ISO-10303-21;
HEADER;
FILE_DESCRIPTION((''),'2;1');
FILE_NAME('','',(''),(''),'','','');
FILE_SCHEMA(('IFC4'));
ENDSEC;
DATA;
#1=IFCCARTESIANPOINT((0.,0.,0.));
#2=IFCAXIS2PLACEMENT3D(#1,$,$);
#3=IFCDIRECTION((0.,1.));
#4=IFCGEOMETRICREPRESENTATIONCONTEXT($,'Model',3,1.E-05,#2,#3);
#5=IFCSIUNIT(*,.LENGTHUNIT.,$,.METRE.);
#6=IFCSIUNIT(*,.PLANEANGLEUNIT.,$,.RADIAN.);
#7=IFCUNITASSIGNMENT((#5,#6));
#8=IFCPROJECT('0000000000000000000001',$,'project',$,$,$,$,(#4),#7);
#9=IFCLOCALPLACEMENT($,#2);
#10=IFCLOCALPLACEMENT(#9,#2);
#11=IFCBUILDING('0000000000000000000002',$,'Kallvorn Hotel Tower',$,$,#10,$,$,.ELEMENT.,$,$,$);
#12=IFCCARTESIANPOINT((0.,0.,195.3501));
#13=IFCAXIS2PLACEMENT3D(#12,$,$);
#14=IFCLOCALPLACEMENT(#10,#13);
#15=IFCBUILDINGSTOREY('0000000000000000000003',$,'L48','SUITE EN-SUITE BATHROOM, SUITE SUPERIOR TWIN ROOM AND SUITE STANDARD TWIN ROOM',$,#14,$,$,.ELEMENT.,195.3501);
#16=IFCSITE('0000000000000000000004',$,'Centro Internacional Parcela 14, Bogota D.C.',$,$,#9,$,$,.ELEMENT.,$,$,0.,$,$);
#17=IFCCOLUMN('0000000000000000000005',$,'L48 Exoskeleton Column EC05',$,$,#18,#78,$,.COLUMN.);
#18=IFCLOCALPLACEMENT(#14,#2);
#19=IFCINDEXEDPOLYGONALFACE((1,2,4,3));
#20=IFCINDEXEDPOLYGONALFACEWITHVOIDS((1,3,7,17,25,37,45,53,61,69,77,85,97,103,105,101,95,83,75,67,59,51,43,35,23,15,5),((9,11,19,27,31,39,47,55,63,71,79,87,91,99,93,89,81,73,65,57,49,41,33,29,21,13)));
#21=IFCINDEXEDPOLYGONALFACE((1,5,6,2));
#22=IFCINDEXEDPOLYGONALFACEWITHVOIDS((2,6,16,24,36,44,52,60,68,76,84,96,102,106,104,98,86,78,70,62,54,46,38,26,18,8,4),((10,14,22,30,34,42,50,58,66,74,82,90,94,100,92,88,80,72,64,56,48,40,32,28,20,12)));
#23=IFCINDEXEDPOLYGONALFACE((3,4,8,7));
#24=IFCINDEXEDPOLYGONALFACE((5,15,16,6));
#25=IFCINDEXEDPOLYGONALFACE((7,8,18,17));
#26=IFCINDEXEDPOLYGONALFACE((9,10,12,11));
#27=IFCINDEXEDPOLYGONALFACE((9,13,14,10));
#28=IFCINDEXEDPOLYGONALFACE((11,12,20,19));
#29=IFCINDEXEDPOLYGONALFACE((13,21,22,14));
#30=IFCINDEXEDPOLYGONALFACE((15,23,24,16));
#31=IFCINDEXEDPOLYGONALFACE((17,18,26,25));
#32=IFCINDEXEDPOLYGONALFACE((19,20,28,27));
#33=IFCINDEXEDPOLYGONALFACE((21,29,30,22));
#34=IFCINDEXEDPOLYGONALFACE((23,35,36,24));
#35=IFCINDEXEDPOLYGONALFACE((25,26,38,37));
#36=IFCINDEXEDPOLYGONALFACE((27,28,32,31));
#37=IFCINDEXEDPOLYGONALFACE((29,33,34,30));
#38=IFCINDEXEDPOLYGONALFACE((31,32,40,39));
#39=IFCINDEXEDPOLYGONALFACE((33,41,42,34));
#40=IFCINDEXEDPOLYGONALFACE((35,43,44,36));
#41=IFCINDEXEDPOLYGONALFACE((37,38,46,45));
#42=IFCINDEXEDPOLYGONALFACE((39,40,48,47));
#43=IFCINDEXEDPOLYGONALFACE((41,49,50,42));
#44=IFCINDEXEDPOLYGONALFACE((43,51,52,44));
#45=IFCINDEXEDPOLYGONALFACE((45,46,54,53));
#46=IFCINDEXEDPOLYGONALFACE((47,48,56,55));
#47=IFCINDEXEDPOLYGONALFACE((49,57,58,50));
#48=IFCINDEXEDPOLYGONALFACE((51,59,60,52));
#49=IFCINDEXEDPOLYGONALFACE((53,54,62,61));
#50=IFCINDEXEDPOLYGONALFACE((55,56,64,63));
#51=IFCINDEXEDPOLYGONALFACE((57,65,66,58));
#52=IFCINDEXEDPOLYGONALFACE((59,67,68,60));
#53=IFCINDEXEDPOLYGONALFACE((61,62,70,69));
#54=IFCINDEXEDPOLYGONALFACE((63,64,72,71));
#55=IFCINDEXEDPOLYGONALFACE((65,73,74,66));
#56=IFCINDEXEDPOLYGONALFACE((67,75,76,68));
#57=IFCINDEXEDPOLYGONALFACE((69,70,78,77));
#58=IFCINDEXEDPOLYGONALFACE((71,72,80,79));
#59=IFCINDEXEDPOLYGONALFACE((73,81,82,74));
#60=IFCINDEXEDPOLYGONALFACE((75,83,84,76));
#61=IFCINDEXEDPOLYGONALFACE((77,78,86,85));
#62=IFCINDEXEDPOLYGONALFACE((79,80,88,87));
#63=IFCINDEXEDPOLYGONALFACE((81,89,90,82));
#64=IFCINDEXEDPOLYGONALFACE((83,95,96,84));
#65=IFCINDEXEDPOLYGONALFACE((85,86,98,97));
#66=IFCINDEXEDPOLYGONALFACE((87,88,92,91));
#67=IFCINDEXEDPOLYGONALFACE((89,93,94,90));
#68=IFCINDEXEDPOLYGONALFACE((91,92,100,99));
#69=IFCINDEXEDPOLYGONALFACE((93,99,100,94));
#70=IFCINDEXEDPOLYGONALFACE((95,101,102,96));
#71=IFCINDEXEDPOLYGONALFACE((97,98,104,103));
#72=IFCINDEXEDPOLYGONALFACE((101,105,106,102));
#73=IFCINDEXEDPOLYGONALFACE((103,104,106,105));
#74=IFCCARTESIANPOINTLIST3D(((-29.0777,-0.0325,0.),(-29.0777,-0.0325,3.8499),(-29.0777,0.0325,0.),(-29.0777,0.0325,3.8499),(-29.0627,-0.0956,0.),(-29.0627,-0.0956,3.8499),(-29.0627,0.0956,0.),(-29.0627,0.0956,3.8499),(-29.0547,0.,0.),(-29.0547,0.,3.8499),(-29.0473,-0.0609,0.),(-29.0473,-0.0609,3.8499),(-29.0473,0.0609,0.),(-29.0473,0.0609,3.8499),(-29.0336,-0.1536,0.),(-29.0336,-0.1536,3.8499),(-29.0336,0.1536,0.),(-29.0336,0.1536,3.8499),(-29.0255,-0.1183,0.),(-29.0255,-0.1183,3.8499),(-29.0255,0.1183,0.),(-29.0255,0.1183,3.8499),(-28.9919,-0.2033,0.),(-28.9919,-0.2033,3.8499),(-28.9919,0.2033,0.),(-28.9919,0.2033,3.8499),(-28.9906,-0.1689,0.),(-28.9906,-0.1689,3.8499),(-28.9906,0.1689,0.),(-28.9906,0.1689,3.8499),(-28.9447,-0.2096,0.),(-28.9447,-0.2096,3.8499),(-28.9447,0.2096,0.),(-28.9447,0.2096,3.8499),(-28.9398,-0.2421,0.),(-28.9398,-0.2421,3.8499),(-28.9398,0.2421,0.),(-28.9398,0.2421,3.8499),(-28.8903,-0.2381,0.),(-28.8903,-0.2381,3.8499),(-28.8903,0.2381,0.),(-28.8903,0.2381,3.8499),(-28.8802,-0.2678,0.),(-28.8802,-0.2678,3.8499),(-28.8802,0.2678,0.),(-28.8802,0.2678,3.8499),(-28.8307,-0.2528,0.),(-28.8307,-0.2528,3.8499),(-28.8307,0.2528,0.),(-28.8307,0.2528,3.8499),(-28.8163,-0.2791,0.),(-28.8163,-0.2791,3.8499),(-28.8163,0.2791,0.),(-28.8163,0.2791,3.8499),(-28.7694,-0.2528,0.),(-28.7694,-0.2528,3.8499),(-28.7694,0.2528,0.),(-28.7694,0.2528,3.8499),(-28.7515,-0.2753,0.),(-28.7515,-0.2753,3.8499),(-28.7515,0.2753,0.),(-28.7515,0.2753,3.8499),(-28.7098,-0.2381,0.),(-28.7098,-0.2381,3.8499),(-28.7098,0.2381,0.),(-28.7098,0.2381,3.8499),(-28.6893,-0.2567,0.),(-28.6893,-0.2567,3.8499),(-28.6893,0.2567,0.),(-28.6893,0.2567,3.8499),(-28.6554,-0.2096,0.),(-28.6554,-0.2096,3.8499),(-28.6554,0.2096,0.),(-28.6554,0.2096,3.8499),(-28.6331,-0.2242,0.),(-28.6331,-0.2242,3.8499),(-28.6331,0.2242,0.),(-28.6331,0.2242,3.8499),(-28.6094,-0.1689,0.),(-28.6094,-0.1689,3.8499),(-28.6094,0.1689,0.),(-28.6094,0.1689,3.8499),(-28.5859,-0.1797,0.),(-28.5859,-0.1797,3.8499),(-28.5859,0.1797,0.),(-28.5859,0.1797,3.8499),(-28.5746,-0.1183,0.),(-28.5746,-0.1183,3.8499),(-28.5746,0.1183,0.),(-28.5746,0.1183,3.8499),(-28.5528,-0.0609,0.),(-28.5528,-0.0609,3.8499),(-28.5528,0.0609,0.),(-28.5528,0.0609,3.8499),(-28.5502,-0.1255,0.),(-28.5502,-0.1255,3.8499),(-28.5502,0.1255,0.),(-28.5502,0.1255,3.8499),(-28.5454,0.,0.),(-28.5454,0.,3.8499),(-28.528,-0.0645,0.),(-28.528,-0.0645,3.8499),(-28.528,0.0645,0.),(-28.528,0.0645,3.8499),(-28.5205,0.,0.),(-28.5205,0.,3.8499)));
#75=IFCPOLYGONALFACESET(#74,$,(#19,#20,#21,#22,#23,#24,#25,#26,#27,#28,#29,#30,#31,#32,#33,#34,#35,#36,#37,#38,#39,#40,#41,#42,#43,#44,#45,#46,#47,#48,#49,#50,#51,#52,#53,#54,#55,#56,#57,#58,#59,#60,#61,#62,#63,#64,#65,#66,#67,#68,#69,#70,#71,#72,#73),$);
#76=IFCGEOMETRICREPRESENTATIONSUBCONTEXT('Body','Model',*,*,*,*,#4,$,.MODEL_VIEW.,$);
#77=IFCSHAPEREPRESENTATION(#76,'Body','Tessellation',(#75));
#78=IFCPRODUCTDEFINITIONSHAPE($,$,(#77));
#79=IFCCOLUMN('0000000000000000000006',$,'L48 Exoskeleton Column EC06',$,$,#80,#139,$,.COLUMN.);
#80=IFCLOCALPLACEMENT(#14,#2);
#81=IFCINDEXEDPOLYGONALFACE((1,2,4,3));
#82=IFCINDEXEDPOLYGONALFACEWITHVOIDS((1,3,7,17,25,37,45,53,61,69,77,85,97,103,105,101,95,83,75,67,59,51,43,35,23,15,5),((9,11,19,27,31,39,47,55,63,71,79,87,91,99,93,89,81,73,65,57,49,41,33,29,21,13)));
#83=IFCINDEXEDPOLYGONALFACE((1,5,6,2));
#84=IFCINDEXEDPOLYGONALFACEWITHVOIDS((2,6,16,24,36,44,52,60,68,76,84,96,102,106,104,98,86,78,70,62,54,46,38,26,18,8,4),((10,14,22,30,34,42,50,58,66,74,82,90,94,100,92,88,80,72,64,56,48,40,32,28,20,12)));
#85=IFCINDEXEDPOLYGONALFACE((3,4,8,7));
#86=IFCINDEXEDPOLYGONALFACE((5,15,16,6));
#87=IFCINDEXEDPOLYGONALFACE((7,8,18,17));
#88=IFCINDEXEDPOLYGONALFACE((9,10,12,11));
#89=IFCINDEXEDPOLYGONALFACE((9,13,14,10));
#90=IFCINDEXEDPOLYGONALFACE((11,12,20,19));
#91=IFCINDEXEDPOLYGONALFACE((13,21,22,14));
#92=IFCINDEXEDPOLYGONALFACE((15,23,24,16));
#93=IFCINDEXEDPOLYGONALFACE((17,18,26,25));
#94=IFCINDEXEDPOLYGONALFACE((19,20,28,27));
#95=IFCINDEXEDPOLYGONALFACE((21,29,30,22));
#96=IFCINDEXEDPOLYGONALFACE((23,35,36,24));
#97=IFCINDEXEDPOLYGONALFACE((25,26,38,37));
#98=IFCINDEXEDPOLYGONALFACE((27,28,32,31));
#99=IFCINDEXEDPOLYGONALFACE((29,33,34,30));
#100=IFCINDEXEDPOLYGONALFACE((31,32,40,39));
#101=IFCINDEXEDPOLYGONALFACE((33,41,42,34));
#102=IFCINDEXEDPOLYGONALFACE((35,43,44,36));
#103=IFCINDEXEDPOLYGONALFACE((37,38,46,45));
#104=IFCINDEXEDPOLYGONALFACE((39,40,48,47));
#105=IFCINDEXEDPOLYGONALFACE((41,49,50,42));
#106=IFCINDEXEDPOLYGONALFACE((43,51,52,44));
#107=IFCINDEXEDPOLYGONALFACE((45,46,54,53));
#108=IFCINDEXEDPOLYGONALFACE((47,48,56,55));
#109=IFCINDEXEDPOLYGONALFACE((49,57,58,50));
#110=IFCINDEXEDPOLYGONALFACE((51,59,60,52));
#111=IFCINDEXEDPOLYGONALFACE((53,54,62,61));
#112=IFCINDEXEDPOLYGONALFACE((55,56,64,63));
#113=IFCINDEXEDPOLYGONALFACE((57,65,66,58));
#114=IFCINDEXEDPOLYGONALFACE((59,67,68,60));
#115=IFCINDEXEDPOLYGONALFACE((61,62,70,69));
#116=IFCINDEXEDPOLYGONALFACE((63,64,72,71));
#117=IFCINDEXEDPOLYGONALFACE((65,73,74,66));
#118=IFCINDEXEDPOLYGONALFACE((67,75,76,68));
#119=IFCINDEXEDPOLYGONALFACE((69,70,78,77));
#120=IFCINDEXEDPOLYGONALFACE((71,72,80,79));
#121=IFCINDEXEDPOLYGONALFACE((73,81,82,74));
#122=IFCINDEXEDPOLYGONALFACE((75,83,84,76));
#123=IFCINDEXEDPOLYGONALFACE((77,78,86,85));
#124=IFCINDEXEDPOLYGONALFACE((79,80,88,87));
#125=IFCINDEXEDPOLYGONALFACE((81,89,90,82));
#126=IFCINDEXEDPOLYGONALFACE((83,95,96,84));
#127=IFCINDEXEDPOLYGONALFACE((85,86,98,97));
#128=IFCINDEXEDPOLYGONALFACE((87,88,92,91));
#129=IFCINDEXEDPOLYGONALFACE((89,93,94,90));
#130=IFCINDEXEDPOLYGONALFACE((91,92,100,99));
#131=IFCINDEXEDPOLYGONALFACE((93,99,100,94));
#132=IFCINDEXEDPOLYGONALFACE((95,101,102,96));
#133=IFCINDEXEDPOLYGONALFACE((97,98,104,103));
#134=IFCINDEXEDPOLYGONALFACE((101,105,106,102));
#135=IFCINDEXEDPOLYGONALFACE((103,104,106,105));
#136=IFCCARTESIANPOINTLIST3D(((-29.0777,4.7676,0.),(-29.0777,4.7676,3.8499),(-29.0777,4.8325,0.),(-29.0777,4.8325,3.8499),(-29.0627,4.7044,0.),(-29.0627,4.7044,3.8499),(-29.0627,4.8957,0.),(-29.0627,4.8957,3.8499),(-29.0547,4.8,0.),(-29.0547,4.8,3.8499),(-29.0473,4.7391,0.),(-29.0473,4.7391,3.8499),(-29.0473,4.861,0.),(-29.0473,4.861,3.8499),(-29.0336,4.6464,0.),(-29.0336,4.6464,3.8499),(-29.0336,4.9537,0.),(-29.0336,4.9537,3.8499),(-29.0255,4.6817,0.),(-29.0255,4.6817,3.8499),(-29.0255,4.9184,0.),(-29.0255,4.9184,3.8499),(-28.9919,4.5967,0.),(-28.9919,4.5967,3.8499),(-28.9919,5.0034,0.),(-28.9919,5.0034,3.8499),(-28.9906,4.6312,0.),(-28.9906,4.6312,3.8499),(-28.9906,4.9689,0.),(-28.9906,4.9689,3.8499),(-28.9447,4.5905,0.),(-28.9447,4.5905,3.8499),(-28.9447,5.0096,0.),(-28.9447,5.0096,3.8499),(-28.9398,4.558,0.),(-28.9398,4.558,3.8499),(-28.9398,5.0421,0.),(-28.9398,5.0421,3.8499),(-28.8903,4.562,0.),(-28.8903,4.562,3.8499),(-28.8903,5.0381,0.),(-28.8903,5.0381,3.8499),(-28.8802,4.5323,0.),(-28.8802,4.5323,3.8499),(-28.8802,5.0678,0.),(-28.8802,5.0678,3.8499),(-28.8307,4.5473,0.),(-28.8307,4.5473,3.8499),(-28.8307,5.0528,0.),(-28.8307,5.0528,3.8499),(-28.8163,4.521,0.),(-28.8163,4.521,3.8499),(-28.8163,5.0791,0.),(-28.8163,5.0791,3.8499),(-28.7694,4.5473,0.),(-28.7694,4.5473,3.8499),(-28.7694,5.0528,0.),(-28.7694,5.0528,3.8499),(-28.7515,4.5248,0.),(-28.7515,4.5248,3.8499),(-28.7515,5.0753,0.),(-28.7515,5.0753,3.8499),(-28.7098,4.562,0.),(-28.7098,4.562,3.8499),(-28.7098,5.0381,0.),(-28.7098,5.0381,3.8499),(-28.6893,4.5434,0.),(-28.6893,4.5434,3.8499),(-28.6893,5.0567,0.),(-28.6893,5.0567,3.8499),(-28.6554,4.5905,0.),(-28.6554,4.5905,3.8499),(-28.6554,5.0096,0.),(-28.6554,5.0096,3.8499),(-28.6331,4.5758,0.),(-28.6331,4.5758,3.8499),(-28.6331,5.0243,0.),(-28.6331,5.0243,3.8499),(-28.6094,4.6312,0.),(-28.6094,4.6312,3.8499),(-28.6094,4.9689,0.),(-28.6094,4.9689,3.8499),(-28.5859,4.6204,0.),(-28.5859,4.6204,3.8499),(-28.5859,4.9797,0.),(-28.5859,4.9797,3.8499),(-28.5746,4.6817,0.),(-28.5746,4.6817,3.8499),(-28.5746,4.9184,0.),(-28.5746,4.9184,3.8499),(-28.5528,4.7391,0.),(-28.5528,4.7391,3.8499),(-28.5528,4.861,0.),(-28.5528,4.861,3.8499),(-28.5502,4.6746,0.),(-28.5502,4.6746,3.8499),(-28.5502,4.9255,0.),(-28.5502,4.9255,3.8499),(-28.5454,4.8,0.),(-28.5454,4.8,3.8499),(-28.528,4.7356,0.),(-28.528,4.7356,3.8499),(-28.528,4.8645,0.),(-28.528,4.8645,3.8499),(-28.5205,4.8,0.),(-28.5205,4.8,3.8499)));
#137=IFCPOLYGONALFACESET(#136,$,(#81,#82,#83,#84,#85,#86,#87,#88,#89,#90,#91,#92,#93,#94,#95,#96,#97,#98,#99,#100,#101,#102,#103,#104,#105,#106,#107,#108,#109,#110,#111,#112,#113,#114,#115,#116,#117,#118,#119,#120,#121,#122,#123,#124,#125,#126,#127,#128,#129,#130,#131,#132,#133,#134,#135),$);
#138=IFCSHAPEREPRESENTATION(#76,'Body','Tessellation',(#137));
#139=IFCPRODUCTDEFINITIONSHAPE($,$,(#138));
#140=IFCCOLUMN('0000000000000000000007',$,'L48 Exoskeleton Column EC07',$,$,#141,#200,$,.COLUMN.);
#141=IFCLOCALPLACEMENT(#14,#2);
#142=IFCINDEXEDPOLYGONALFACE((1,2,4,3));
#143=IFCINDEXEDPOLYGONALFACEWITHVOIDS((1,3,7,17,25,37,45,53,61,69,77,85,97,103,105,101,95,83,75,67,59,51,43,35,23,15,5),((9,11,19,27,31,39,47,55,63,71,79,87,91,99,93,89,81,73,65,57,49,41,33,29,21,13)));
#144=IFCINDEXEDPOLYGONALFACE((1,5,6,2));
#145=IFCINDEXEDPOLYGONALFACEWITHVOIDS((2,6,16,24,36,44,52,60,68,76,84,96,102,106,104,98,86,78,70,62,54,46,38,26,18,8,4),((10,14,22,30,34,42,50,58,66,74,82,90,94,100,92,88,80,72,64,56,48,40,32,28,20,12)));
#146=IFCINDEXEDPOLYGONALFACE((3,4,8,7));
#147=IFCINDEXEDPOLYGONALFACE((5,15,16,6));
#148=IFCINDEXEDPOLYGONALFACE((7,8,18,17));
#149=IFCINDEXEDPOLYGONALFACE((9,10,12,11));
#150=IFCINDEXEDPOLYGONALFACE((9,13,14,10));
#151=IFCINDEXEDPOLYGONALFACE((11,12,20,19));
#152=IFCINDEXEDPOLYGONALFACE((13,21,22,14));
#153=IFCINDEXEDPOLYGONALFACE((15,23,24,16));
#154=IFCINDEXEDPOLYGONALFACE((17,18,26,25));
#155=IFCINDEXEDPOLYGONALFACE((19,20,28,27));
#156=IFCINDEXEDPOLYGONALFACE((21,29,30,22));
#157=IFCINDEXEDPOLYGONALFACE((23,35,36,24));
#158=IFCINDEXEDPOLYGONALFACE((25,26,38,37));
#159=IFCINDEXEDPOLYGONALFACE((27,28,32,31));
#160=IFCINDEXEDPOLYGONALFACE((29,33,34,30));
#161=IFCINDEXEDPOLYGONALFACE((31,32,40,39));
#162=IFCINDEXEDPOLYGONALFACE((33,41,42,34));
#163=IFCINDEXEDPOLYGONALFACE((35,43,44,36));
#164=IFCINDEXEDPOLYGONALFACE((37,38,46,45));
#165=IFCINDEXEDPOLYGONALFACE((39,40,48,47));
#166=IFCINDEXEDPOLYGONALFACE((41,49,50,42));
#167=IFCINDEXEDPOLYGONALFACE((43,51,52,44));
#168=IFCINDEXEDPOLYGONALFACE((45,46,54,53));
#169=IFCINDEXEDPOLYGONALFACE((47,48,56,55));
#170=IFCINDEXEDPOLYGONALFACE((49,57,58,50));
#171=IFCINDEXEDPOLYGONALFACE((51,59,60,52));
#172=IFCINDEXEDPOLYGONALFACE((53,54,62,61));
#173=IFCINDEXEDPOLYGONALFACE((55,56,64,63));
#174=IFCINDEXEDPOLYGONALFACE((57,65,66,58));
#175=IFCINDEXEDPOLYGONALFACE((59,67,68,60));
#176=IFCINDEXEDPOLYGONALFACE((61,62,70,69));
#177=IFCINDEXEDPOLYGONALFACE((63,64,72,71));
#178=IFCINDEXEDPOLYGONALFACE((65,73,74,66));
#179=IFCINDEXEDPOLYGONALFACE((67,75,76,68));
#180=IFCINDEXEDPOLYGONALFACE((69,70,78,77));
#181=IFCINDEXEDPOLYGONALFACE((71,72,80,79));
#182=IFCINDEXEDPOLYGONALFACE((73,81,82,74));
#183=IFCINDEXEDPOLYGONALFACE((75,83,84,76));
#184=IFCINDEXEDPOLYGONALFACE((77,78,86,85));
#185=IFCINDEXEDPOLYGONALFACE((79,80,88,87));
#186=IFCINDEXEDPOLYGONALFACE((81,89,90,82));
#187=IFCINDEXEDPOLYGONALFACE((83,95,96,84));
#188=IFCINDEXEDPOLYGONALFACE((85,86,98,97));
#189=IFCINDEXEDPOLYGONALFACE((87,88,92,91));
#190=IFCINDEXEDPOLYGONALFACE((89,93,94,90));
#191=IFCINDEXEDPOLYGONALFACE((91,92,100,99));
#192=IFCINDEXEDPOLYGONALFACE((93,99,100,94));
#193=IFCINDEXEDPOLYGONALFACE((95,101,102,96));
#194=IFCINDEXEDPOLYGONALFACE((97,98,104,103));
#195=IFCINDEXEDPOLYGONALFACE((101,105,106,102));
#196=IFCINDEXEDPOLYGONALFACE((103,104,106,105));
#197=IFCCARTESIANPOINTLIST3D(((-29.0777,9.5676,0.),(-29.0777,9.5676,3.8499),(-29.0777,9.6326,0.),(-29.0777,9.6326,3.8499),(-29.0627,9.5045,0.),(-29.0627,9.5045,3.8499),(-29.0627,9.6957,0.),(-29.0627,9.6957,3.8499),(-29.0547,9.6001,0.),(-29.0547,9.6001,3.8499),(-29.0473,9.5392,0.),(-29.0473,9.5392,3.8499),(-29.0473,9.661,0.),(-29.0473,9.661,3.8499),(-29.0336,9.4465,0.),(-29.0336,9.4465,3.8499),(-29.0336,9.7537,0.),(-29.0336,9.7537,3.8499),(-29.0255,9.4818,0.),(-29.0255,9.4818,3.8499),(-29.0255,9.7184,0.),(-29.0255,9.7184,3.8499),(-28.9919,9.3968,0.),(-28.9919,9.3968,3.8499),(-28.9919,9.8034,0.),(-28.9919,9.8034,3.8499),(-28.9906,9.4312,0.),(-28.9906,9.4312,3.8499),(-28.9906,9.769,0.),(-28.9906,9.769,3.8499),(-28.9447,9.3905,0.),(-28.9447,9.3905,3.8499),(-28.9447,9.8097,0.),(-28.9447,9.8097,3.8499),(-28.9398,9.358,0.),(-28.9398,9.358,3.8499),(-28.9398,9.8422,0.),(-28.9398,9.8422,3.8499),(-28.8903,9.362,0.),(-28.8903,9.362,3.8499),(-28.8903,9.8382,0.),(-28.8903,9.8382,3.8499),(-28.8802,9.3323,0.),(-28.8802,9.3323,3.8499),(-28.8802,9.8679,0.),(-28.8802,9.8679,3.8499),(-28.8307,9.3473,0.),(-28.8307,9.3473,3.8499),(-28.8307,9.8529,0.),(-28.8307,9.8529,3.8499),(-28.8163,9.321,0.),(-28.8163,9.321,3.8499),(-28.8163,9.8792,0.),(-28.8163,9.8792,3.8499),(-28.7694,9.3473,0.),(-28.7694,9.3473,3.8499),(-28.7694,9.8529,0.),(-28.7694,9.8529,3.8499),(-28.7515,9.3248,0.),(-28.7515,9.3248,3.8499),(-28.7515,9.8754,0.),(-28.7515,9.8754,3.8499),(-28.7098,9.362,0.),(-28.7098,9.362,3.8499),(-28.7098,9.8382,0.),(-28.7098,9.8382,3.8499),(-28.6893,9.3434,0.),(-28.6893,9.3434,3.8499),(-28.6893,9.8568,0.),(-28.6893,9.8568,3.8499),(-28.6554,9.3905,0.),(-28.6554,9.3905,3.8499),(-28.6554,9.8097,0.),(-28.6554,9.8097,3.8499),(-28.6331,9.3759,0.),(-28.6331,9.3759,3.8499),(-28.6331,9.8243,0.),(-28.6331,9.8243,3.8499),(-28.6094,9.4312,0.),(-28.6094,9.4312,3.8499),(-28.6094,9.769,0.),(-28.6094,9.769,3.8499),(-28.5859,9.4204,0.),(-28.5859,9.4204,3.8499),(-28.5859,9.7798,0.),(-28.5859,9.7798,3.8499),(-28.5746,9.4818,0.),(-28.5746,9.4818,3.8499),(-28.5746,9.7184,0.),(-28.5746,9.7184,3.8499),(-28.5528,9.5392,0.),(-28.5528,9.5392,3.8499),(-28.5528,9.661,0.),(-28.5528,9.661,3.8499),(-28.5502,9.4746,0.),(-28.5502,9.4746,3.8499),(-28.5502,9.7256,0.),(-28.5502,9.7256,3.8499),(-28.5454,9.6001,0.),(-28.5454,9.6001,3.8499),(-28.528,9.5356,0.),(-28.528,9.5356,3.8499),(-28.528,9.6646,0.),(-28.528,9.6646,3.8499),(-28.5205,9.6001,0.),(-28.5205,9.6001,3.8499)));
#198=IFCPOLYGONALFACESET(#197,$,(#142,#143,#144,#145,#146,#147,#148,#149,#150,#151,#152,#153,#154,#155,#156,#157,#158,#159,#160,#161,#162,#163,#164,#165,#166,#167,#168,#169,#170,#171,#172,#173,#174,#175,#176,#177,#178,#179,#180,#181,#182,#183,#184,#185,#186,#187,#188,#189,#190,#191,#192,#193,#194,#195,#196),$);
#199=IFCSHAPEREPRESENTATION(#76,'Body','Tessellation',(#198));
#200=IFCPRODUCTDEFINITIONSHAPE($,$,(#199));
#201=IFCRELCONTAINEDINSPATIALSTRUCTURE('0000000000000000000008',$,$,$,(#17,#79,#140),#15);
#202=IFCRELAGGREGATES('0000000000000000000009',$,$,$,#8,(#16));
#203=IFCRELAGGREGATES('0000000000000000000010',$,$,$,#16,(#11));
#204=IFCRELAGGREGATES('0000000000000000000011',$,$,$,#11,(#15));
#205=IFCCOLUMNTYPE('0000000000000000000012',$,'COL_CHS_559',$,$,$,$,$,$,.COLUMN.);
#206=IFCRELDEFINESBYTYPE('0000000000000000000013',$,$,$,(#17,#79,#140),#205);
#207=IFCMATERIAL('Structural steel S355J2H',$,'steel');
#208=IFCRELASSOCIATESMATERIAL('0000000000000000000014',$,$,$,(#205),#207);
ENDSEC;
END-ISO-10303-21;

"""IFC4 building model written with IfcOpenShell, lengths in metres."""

from ifc_helpers import new_model, si_unit, direction, frame, origin, origin_2d, place, context, subcontext, project, spatial, hollow_circle, extrude, material, material_profile, profile_set, type_object, element, save


model = new_model("IFC4")

# Units and contexts
model_context = context("Model", 3, precision=1e-05, world=origin(), true_north=direction((0.0, 1.0)))
body_context = subcontext(model_context, "Body", "Model", "MODEL_VIEW")
ifc_project = project(units=[si_unit("LENGTHUNIT", "METRE"), si_unit("PLANEANGLEUNIT", "RADIAN")], contexts=[model_context])

# Site, building, storey
site_placement = place(None, origin())
site = spatial("IfcSite", under=ifc_project, at=site_placement, Name="Centro Internacional Parcela 14, Bogota D.C.", CompositionType="ELEMENT", RefElevation=0.0)
building_placement = place(site_placement, origin())
building = spatial("IfcBuilding", under=site, at=building_placement, Name="Kallvorn Hotel Tower", CompositionType="ELEMENT")
storey_placement = place(building_placement, frame((0.0, 0.0, 195.3501)))
storey = spatial("IfcBuildingStorey", under=building, at=storey_placement, Name="L48", Description="SUITE EN-SUITE BATHROOM, SUITE SUPERIOR TWIN ROOM AND SUITE STANDARD TWIN ROOM", CompositionType="ELEMENT", Elevation=195.3501)

# Columns
ifc_material_1 = material(Name="Structural steel S355J2H", Category="steel")
ifc_material_profile_1 = material_profile(ifc_material_1, hollow_circle(Radius=0.2795, WallThickness=0.0249, at=origin_2d()), Name="CHS 559x25")
ifc_profile_set_1 = profile_set([ifc_material_profile_1], Name="Structural steel S355J2H")
column_type_1 = type_object("IfcColumnType", Name="COL_CHS_559", PredefinedType="COLUMN", material=ifc_profile_set_1)
for number, where, z_axis, x_axis, name in (
    (1, (-28.8, 0.0, 0.0), (0.0, 0.0, 1.0), (1.0, 0.0, 0.0), "L48 Exoskeleton Column EC05"),
    (2, (-28.8, 4.8, 0.0), (0.0, 0.0, 1.0), (1.0, 0.0, 0.0), "L48 Exoskeleton Column EC06"),
    (3, (-28.8, 9.6001, 0.0), (0.0, 0.0, 1.0), (1.0, 0.0, 0.0), "L48 Exoskeleton Column EC07"),
):
    element("IfcColumn", number, at=place(storey_placement, frame(where, z_axis=z_axis, x_axis=x_axis)), inside=storey, type_object=column_type_1, Name=name, PredefinedType="COLUMN", context=body_context, shape_type="SweptSolid", body=[
        extrude(hollow_circle(Radius=0.2795, WallThickness=0.0249, at=origin_2d()), origin(), (0.0, 0.0, 1.0), 3.8499),
    ])

save(model, "model.ifc")
